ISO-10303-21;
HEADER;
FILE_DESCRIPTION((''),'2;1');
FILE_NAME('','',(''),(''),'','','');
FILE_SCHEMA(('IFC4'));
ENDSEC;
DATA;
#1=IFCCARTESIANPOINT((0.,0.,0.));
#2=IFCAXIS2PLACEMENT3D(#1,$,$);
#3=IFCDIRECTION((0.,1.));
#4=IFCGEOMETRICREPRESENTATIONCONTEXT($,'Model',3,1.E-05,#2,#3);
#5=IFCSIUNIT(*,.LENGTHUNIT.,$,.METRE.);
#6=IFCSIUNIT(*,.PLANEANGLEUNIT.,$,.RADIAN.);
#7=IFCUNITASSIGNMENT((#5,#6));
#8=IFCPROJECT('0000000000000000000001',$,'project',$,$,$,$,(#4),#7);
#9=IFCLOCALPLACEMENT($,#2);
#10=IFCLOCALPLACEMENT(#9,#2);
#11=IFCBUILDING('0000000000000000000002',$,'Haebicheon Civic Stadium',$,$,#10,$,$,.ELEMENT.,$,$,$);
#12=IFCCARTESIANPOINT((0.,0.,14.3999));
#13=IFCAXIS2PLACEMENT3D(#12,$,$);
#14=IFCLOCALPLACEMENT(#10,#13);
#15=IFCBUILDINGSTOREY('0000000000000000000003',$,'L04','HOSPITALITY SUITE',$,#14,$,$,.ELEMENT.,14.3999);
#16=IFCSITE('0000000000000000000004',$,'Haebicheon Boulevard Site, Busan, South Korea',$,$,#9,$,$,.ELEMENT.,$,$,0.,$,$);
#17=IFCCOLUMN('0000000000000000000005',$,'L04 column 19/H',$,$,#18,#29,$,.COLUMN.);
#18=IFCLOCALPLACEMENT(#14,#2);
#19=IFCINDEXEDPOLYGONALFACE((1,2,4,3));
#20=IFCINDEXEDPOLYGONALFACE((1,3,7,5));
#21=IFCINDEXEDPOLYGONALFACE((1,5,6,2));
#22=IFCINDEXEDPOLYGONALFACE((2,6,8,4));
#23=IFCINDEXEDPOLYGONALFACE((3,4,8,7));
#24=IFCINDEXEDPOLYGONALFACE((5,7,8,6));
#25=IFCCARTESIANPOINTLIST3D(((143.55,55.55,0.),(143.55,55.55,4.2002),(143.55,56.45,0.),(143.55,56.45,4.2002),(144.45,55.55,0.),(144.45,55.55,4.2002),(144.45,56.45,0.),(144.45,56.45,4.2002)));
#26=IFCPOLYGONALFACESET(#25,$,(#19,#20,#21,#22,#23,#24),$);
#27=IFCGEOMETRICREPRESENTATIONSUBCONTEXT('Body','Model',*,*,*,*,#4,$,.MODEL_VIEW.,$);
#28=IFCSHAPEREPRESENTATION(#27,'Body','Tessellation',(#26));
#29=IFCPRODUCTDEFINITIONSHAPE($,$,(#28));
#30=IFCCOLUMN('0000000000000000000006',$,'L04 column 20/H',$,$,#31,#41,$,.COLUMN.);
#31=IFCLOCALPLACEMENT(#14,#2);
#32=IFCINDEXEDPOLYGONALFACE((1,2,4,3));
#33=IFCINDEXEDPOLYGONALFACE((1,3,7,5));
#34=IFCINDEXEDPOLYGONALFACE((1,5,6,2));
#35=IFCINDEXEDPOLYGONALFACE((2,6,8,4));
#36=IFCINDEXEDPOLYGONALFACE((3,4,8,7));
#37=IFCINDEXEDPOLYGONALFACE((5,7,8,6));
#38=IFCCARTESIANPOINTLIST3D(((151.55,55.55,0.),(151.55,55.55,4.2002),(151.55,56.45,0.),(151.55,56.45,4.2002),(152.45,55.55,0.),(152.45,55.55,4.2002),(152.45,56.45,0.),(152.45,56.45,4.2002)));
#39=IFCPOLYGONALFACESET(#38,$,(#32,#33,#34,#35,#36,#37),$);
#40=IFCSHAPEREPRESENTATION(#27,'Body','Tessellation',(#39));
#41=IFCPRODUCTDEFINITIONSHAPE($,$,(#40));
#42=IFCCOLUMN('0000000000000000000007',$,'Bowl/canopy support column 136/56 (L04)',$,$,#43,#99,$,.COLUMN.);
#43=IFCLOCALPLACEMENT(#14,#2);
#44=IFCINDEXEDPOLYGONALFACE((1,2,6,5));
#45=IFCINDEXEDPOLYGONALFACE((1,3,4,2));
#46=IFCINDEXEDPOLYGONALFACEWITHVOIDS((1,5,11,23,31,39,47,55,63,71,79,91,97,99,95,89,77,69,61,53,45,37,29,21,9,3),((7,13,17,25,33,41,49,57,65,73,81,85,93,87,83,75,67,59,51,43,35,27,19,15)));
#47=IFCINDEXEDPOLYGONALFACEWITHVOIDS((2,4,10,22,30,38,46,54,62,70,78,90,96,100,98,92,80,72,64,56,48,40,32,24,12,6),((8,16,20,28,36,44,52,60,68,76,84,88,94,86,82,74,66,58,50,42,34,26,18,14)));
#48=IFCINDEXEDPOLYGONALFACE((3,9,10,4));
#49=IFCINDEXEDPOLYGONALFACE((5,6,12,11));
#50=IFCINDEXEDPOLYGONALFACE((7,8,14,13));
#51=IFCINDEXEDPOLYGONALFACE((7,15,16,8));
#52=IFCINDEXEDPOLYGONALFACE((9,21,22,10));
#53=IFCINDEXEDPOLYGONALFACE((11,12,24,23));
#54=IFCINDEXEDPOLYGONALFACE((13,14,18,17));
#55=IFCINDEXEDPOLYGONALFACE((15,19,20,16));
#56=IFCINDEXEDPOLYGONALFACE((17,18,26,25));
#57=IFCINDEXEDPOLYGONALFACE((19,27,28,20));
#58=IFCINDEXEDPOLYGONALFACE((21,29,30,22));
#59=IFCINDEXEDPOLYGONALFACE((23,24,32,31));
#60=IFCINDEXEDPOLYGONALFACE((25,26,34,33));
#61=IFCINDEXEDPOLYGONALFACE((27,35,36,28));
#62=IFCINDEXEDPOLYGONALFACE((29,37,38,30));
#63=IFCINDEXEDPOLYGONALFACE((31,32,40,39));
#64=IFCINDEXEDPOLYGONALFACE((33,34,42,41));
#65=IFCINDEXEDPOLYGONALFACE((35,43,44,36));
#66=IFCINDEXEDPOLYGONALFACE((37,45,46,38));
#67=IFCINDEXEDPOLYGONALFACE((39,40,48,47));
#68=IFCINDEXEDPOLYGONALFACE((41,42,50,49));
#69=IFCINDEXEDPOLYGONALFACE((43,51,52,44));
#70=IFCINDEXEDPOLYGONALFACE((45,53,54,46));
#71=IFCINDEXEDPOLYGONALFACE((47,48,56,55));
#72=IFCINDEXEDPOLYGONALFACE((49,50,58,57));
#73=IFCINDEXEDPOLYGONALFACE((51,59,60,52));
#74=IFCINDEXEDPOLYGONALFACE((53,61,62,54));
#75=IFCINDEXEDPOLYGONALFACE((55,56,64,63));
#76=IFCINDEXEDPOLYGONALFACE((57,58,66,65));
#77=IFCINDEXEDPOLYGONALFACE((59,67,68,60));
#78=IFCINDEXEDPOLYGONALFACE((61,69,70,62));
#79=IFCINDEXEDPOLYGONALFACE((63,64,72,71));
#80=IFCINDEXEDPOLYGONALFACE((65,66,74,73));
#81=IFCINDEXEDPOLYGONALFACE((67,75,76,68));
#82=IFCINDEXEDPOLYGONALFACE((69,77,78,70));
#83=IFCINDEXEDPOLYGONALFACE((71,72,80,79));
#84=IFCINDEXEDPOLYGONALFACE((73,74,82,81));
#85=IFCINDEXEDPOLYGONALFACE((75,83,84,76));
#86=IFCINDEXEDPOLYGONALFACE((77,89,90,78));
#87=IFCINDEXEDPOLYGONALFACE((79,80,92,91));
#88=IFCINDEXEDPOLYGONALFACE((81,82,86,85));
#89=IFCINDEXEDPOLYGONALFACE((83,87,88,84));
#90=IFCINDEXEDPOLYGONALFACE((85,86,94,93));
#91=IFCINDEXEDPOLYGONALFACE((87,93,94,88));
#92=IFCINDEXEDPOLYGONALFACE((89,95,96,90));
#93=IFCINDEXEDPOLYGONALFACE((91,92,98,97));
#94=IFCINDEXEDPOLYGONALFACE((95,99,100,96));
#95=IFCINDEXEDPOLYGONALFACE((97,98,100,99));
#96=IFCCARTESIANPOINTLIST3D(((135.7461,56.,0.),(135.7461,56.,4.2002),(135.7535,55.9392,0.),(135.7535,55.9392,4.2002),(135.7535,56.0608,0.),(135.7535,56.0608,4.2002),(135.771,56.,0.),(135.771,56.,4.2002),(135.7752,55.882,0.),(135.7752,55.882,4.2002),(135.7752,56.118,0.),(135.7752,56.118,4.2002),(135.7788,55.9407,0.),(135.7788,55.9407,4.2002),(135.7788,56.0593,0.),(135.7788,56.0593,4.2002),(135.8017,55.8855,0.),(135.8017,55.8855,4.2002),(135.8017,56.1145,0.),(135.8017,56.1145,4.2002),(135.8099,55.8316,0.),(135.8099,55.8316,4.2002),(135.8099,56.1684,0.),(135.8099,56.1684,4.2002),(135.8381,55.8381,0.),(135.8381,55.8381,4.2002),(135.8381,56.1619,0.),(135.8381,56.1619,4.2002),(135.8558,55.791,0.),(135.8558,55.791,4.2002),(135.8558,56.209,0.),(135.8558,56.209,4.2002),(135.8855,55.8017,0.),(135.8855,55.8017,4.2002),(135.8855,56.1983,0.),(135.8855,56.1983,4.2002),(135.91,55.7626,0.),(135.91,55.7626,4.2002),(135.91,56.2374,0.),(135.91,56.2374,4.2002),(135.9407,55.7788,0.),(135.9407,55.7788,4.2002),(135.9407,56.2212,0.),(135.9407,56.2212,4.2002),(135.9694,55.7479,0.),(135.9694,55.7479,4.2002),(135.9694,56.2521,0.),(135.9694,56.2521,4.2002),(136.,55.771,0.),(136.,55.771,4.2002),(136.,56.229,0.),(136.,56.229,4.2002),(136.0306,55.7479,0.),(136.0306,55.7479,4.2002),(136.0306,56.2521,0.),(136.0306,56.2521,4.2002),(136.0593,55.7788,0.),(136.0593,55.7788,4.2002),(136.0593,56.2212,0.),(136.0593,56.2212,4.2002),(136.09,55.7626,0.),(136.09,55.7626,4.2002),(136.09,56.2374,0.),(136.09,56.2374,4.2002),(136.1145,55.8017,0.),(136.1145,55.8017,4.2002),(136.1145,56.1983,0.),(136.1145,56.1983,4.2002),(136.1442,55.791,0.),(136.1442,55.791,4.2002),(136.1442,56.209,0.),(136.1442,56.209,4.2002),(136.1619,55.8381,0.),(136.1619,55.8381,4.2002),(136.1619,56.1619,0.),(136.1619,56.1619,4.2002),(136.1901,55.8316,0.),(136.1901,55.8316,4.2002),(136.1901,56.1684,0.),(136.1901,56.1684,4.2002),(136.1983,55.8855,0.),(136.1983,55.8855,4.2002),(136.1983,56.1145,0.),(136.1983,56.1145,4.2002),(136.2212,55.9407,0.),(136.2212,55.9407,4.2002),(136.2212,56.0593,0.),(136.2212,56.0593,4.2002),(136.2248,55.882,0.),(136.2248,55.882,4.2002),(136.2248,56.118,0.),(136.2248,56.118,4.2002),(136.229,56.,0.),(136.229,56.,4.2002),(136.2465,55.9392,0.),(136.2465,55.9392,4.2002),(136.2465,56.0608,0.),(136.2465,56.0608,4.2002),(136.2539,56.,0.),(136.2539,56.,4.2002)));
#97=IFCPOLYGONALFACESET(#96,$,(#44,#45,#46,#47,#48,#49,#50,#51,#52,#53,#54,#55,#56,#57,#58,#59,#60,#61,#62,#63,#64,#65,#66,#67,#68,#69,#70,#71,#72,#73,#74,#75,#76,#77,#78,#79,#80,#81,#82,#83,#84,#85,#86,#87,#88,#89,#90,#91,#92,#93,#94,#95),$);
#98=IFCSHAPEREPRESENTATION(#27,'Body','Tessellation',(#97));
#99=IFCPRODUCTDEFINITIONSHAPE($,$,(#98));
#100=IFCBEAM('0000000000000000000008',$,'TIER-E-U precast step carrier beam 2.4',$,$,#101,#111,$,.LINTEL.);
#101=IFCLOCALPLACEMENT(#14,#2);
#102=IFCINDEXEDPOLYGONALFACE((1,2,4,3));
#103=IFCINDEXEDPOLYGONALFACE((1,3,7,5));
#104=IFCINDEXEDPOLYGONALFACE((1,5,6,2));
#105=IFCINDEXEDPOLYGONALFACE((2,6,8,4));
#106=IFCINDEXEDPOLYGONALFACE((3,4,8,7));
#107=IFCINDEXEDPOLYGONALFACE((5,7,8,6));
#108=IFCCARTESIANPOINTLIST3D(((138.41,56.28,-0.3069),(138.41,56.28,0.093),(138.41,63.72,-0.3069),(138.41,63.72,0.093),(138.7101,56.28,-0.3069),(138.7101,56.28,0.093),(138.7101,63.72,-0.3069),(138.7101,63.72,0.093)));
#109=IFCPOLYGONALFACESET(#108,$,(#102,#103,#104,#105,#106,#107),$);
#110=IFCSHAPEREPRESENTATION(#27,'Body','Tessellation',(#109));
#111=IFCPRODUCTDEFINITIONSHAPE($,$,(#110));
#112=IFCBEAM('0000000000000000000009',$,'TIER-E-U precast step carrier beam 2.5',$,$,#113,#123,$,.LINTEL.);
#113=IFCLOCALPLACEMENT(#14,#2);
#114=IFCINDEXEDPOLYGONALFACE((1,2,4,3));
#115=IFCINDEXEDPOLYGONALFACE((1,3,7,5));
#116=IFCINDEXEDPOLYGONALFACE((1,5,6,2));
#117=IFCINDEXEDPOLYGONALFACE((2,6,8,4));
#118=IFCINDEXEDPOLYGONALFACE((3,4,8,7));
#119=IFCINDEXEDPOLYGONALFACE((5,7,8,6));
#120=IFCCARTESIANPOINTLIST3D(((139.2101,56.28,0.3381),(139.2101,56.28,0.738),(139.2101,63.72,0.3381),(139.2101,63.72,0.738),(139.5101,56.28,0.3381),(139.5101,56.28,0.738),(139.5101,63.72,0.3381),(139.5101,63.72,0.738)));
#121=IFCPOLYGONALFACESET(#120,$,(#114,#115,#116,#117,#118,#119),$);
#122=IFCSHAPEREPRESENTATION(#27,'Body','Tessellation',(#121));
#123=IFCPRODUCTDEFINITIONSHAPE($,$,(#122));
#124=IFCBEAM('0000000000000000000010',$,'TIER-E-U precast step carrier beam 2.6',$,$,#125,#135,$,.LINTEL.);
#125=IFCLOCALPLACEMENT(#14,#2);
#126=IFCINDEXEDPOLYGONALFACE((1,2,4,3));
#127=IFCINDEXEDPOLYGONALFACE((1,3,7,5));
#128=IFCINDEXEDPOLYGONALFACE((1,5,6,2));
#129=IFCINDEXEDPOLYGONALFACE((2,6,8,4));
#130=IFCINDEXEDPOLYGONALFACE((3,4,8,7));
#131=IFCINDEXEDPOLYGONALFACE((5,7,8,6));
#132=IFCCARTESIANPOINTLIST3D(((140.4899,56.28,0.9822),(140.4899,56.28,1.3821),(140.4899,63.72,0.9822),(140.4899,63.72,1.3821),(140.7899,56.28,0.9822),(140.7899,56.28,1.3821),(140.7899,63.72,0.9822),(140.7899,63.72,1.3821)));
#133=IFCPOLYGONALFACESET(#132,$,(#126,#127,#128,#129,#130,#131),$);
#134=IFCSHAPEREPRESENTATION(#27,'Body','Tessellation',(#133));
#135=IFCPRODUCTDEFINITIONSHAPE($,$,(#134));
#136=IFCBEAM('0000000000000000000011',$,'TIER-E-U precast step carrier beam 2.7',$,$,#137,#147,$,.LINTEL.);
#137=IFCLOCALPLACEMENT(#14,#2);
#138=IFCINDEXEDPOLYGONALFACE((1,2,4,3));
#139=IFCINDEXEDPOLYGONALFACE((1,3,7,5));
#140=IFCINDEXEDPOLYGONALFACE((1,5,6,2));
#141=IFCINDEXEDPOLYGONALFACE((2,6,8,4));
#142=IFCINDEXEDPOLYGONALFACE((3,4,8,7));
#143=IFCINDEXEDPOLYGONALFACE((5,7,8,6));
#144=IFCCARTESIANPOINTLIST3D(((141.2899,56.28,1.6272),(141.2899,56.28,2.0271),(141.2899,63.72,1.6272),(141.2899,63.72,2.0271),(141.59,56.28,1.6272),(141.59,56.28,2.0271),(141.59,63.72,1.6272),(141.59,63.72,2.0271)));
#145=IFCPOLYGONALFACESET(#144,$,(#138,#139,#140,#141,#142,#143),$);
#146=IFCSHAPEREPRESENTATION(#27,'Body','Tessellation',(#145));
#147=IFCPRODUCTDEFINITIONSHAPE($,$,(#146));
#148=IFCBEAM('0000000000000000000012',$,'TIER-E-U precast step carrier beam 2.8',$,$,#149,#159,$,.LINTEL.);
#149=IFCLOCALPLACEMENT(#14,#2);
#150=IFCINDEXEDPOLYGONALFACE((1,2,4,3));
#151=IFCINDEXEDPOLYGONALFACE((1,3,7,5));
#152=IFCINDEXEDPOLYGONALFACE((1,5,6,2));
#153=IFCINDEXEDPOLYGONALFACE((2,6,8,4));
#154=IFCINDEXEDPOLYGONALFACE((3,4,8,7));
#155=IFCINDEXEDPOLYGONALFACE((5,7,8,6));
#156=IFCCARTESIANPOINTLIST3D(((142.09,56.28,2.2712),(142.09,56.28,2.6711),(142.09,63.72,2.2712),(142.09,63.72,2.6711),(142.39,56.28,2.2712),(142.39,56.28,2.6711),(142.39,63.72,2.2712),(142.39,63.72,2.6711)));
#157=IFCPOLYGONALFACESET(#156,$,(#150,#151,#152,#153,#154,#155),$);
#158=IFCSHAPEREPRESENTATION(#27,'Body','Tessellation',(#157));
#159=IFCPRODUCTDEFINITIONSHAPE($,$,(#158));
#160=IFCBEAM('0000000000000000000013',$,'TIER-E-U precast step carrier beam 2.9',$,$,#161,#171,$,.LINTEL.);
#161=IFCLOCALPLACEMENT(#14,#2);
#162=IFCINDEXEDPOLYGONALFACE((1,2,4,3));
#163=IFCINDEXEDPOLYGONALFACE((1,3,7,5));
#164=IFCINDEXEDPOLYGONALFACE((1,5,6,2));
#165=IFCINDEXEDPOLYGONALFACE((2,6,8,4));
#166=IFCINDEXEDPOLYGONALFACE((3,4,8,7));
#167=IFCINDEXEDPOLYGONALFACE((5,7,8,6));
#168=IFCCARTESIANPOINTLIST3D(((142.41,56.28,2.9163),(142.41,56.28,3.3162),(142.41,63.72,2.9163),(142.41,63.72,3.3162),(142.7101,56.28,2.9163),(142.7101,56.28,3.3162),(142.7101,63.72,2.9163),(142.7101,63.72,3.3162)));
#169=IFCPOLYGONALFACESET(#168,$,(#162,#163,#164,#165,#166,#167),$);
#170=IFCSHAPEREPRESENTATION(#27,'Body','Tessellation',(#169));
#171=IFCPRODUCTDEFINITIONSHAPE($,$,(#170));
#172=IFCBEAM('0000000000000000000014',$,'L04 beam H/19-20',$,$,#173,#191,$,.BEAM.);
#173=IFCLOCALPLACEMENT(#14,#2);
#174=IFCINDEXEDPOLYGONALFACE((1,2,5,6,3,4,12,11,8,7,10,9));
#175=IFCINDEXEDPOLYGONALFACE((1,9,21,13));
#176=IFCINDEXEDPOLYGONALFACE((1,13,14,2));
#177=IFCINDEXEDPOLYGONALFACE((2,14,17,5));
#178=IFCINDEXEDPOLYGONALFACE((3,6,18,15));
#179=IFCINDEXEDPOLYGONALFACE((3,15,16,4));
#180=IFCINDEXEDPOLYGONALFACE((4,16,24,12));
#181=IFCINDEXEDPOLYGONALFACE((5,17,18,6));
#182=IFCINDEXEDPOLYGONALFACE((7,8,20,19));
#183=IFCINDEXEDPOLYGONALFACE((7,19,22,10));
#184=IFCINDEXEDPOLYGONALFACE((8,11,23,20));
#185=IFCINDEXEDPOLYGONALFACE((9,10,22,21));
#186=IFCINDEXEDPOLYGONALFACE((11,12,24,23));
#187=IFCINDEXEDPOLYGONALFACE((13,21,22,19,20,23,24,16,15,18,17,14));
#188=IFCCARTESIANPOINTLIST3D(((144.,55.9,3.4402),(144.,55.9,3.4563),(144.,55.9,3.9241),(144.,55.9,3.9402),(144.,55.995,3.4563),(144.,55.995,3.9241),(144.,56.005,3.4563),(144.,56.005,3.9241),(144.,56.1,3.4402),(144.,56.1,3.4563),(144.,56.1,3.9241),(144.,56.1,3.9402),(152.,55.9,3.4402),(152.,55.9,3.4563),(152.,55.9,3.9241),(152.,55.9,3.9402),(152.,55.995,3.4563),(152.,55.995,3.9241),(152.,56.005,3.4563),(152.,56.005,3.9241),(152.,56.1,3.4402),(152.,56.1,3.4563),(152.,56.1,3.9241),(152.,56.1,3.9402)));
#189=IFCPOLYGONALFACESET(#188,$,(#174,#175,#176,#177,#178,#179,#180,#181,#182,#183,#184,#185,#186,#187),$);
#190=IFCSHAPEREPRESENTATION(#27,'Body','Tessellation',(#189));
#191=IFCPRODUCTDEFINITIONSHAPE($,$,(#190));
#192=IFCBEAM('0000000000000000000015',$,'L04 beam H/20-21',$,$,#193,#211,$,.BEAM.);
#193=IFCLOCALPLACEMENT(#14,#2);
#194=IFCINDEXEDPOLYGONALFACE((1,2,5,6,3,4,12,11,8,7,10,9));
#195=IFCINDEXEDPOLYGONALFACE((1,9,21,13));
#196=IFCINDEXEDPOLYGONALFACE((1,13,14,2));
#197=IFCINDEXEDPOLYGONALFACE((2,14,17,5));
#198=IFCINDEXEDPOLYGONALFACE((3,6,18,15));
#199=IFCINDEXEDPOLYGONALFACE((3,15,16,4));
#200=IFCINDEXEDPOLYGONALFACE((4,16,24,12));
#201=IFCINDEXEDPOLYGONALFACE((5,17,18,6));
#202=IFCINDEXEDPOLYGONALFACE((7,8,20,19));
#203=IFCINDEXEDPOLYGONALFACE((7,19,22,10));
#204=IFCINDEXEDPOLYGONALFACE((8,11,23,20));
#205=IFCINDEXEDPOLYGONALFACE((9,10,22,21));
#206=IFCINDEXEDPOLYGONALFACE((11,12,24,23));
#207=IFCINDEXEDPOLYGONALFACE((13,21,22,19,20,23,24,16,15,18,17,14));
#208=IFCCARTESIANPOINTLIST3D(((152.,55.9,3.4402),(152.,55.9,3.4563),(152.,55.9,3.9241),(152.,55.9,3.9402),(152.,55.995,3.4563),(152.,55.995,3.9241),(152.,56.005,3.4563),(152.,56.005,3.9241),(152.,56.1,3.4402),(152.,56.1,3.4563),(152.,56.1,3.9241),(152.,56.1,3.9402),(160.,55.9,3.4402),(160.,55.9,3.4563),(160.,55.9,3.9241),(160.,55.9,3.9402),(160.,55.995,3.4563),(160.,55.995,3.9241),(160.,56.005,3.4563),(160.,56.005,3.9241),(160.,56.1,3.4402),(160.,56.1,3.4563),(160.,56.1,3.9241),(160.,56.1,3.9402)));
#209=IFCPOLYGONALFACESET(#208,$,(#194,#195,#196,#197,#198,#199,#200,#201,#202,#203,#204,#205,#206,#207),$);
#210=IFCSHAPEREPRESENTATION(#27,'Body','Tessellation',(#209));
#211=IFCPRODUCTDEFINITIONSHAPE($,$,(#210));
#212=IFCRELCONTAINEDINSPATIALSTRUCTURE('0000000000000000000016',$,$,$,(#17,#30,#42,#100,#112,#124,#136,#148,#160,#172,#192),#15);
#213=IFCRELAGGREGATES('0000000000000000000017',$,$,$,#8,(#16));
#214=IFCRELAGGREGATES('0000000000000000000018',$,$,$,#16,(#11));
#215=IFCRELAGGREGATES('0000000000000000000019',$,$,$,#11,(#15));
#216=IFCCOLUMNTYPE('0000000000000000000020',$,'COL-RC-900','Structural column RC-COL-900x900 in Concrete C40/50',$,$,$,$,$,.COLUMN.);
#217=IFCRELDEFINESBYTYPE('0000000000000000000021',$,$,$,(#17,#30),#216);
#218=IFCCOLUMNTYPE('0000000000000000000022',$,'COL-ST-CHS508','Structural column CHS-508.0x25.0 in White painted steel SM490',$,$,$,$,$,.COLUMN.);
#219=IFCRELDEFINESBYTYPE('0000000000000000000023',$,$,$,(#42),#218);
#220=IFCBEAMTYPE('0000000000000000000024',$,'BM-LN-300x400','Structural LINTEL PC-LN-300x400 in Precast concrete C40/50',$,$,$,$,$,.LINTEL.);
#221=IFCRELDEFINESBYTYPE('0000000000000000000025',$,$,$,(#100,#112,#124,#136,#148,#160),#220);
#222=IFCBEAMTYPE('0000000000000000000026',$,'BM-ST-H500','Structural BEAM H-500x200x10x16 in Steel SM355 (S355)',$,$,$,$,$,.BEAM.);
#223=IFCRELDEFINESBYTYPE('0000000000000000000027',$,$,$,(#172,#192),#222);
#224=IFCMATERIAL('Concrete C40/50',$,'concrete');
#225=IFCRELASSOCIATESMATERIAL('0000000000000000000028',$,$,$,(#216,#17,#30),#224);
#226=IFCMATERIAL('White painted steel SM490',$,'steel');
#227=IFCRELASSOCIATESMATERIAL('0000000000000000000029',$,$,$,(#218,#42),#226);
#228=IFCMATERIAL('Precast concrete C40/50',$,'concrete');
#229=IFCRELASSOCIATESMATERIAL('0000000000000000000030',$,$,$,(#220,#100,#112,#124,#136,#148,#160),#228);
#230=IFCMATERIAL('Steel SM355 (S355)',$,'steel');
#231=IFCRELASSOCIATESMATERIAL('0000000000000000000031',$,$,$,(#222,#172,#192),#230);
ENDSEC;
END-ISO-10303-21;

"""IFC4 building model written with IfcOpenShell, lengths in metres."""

from ifc_helpers import new_model, si_unit, direction, frame, origin, origin_2d, place, context, subcontext, project, spatial, rectangle, hollow_circle, i_section, extrude, material, material_profile, profile_set, type_object, element, save


model = new_model("IFC4")

# Units and contexts
model_context = context("Model", 3, precision=1e-05, world=origin(), true_north=direction((0.0, 1.0)))
body_context = subcontext(model_context, "Body", "Model", "MODEL_VIEW")
ifc_project = project(units=[si_unit("LENGTHUNIT", "METRE"), si_unit("PLANEANGLEUNIT", "RADIAN")], contexts=[model_context])

# Site, building, storey
site_placement = place(None, origin())
site = spatial("IfcSite", under=ifc_project, at=site_placement, Name="Haebicheon Boulevard Site, Busan, South Korea", CompositionType="ELEMENT", RefElevation=0.0)
building_placement = place(site_placement, origin())
building = spatial("IfcBuilding", under=site, at=building_placement, Name="Haebicheon Civic Stadium", CompositionType="ELEMENT")
storey_placement = place(building_placement, frame((0.0, 0.0, 14.3999)))
storey = spatial("IfcBuildingStorey", under=building, at=storey_placement, Name="L04", Description="HOSPITALITY SUITE", CompositionType="ELEMENT", Elevation=14.3999)

# Columns
ifc_material_1 = material(Name="Concrete C40/50", Category="concrete")
ifc_material_profile_1 = material_profile(ifc_material_1, rectangle(XDim=0.8999, YDim=0.8999, at=origin_2d()), Name="RC-COL-900x900")
ifc_profile_set_1 = profile_set([ifc_material_profile_1], Name="Concrete C40/50")
column_type_1 = type_object("IfcColumnType", Name="COL-RC-900", Description="Structural column RC-COL-900x900 in Concrete C40/50", PredefinedType="COLUMN", material=ifc_profile_set_1)
for number, where, z_axis, x_axis, name in (
    (1, (144.0, 56.0, 0.0), (0.0, 0.0, 1.0), (1.0, 0.0, 0.0), "L04 column 19/H"),
    (2, (152.0, 56.0, 0.0), (0.0, 0.0, 1.0), (1.0, 0.0, 0.0), "L04 column 20/H"),
):
    element("IfcColumn", number, at=place(storey_placement, frame(where, z_axis=z_axis, x_axis=x_axis)), inside=storey, type_object=column_type_1, material=ifc_profile_set_1, Name=name, PredefinedType="COLUMN", context=body_context, shape_type="SweptSolid", body=[
        extrude(rectangle(XDim=0.8999, YDim=0.8999, at=origin_2d()), origin(), (0.0, 0.0, 1.0), 4.2002),
    ])
ifc_material_2 = material(Name="White painted steel SM490", Category="steel")
ifc_material_profile_2 = material_profile(ifc_material_2, hollow_circle(Radius=0.2539, WallThickness=0.0249, at=origin_2d()), Name="CHS-508.0x25.0")
ifc_profile_set_2 = profile_set([ifc_material_profile_2], Name="White painted steel SM490")
column_type_2 = type_object("IfcColumnType", Name="COL-ST-CHS508", Description="Structural column CHS-508.0x25.0 in White painted steel SM490", PredefinedType="COLUMN", material=ifc_profile_set_2)
column_placement = place(storey_placement, frame((136.0, 56.0, 0.0), z_axis=(0.0, 0.0, 1.0), x_axis=(1.0, 0.0, 0.0)))
element("IfcColumn", 3, at=column_placement, inside=storey, type_object=column_type_2, material=ifc_profile_set_2, Name="Bowl/canopy support column 136/56 (L04)", PredefinedType="COLUMN", context=body_context, shape_type="SweptSolid", body=[
    extrude(hollow_circle(Radius=0.2539, WallThickness=0.0249, at=origin_2d()), origin(), (0.0, 0.0, 1.0), 4.2002),
])

# Beams
ifc_material_3 = material(Name="Precast concrete C40/50", Category="concrete")
ifc_material_profile_3 = material_profile(ifc_material_3, rectangle(XDim=0.3, YDim=0.3999, at=origin_2d()), Name="PC-LN-300x400")
ifc_profile_set_3 = profile_set([ifc_material_profile_3], Name="Precast concrete C40/50")
beam_type_1 = type_object("IfcBeamType", Name="BM-LN-300x400", Description="Structural LINTEL PC-LN-300x400 in Precast concrete C40/50", PredefinedType="LINTEL", material=ifc_profile_set_3)
for number, where, z_axis, x_axis, name in (
    (4, (138.5601, 56.28, -0.1069), (0.0, 1.0, 0.0), (-1.0, 0.0, 0.0), "TIER-E-U precast step carrier beam 2.4"),
    (5, (139.3601, 56.28, 0.5381), (0.0, 1.0, 0.0), (-1.0, 0.0, 0.0), "TIER-E-U precast step carrier beam 2.5"),
    (6, (140.6399, 56.28, 1.1821), (0.0, 1.0, 0.0), (-1.0, 0.0, 0.0), "TIER-E-U precast step carrier beam 2.6"),
    (7, (141.4399, 56.28, 1.8271), (0.0, 1.0, 0.0), (-1.0, 0.0, 0.0), "TIER-E-U precast step carrier beam 2.7"),
    (8, (142.24, 56.28, 2.4712), (0.0, 1.0, 0.0), (-1.0, 0.0, 0.0), "TIER-E-U precast step carrier beam 2.8"),
    (9, (142.5601, 56.28, 3.1162), (0.0, 1.0, 0.0), (-1.0, 0.0, 0.0), "TIER-E-U precast step carrier beam 2.9"),
):
    element("IfcBeam", number, at=place(storey_placement, frame(where, z_axis=z_axis, x_axis=x_axis)), inside=storey, type_object=beam_type_1, material=ifc_profile_set_3, Name=name, PredefinedType="LINTEL", context=body_context, shape_type="SweptSolid", body=[
        extrude(rectangle(XDim=0.3, YDim=0.3999, at=origin_2d()), origin(), (0.0, 0.0, 1.0), 7.4399),
    ])
ifc_material_4 = material(Name="Steel SM355 (S355)", Category="steel")
ifc_material_profile_4 = material_profile(ifc_material_4, i_section(OverallWidth=0.2, OverallDepth=0.5, WebThickness=0.01, FlangeThickness=0.0161, at=origin_2d()), Name="H-500x200x10x16")
ifc_profile_set_4 = profile_set([ifc_material_profile_4], Name="Steel SM355 (S355)")
beam_type_2 = type_object("IfcBeamType", Name="BM-ST-H500", Description="Structural BEAM H-500x200x10x16 in Steel SM355 (S355)", PredefinedType="BEAM", material=ifc_profile_set_4)
for number, where, z_axis, x_axis, name in (
    (10, (144.0, 56.0, 3.6902), (1.0, 0.0, 0.0), (0.0, 1.0, 0.0), "L04 beam H/19-20"),
    (11, (152.0, 56.0, 3.6902), (1.0, 0.0, 0.0), (0.0, 1.0, 0.0), "L04 beam H/20-21"),
):
    element("IfcBeam", number, at=place(storey_placement, frame(where, z_axis=z_axis, x_axis=x_axis)), inside=storey, type_object=beam_type_2, material=ifc_profile_set_4, Name=name, PredefinedType="BEAM", context=body_context, shape_type="SweptSolid", body=[
        extrude(i_section(OverallWidth=0.2, OverallDepth=0.5, WebThickness=0.01, FlangeThickness=0.0161, at=origin_2d()), origin(), (0.0, 0.0, 1.0), 8.0),
    ])

save(model, "model.ifc")
